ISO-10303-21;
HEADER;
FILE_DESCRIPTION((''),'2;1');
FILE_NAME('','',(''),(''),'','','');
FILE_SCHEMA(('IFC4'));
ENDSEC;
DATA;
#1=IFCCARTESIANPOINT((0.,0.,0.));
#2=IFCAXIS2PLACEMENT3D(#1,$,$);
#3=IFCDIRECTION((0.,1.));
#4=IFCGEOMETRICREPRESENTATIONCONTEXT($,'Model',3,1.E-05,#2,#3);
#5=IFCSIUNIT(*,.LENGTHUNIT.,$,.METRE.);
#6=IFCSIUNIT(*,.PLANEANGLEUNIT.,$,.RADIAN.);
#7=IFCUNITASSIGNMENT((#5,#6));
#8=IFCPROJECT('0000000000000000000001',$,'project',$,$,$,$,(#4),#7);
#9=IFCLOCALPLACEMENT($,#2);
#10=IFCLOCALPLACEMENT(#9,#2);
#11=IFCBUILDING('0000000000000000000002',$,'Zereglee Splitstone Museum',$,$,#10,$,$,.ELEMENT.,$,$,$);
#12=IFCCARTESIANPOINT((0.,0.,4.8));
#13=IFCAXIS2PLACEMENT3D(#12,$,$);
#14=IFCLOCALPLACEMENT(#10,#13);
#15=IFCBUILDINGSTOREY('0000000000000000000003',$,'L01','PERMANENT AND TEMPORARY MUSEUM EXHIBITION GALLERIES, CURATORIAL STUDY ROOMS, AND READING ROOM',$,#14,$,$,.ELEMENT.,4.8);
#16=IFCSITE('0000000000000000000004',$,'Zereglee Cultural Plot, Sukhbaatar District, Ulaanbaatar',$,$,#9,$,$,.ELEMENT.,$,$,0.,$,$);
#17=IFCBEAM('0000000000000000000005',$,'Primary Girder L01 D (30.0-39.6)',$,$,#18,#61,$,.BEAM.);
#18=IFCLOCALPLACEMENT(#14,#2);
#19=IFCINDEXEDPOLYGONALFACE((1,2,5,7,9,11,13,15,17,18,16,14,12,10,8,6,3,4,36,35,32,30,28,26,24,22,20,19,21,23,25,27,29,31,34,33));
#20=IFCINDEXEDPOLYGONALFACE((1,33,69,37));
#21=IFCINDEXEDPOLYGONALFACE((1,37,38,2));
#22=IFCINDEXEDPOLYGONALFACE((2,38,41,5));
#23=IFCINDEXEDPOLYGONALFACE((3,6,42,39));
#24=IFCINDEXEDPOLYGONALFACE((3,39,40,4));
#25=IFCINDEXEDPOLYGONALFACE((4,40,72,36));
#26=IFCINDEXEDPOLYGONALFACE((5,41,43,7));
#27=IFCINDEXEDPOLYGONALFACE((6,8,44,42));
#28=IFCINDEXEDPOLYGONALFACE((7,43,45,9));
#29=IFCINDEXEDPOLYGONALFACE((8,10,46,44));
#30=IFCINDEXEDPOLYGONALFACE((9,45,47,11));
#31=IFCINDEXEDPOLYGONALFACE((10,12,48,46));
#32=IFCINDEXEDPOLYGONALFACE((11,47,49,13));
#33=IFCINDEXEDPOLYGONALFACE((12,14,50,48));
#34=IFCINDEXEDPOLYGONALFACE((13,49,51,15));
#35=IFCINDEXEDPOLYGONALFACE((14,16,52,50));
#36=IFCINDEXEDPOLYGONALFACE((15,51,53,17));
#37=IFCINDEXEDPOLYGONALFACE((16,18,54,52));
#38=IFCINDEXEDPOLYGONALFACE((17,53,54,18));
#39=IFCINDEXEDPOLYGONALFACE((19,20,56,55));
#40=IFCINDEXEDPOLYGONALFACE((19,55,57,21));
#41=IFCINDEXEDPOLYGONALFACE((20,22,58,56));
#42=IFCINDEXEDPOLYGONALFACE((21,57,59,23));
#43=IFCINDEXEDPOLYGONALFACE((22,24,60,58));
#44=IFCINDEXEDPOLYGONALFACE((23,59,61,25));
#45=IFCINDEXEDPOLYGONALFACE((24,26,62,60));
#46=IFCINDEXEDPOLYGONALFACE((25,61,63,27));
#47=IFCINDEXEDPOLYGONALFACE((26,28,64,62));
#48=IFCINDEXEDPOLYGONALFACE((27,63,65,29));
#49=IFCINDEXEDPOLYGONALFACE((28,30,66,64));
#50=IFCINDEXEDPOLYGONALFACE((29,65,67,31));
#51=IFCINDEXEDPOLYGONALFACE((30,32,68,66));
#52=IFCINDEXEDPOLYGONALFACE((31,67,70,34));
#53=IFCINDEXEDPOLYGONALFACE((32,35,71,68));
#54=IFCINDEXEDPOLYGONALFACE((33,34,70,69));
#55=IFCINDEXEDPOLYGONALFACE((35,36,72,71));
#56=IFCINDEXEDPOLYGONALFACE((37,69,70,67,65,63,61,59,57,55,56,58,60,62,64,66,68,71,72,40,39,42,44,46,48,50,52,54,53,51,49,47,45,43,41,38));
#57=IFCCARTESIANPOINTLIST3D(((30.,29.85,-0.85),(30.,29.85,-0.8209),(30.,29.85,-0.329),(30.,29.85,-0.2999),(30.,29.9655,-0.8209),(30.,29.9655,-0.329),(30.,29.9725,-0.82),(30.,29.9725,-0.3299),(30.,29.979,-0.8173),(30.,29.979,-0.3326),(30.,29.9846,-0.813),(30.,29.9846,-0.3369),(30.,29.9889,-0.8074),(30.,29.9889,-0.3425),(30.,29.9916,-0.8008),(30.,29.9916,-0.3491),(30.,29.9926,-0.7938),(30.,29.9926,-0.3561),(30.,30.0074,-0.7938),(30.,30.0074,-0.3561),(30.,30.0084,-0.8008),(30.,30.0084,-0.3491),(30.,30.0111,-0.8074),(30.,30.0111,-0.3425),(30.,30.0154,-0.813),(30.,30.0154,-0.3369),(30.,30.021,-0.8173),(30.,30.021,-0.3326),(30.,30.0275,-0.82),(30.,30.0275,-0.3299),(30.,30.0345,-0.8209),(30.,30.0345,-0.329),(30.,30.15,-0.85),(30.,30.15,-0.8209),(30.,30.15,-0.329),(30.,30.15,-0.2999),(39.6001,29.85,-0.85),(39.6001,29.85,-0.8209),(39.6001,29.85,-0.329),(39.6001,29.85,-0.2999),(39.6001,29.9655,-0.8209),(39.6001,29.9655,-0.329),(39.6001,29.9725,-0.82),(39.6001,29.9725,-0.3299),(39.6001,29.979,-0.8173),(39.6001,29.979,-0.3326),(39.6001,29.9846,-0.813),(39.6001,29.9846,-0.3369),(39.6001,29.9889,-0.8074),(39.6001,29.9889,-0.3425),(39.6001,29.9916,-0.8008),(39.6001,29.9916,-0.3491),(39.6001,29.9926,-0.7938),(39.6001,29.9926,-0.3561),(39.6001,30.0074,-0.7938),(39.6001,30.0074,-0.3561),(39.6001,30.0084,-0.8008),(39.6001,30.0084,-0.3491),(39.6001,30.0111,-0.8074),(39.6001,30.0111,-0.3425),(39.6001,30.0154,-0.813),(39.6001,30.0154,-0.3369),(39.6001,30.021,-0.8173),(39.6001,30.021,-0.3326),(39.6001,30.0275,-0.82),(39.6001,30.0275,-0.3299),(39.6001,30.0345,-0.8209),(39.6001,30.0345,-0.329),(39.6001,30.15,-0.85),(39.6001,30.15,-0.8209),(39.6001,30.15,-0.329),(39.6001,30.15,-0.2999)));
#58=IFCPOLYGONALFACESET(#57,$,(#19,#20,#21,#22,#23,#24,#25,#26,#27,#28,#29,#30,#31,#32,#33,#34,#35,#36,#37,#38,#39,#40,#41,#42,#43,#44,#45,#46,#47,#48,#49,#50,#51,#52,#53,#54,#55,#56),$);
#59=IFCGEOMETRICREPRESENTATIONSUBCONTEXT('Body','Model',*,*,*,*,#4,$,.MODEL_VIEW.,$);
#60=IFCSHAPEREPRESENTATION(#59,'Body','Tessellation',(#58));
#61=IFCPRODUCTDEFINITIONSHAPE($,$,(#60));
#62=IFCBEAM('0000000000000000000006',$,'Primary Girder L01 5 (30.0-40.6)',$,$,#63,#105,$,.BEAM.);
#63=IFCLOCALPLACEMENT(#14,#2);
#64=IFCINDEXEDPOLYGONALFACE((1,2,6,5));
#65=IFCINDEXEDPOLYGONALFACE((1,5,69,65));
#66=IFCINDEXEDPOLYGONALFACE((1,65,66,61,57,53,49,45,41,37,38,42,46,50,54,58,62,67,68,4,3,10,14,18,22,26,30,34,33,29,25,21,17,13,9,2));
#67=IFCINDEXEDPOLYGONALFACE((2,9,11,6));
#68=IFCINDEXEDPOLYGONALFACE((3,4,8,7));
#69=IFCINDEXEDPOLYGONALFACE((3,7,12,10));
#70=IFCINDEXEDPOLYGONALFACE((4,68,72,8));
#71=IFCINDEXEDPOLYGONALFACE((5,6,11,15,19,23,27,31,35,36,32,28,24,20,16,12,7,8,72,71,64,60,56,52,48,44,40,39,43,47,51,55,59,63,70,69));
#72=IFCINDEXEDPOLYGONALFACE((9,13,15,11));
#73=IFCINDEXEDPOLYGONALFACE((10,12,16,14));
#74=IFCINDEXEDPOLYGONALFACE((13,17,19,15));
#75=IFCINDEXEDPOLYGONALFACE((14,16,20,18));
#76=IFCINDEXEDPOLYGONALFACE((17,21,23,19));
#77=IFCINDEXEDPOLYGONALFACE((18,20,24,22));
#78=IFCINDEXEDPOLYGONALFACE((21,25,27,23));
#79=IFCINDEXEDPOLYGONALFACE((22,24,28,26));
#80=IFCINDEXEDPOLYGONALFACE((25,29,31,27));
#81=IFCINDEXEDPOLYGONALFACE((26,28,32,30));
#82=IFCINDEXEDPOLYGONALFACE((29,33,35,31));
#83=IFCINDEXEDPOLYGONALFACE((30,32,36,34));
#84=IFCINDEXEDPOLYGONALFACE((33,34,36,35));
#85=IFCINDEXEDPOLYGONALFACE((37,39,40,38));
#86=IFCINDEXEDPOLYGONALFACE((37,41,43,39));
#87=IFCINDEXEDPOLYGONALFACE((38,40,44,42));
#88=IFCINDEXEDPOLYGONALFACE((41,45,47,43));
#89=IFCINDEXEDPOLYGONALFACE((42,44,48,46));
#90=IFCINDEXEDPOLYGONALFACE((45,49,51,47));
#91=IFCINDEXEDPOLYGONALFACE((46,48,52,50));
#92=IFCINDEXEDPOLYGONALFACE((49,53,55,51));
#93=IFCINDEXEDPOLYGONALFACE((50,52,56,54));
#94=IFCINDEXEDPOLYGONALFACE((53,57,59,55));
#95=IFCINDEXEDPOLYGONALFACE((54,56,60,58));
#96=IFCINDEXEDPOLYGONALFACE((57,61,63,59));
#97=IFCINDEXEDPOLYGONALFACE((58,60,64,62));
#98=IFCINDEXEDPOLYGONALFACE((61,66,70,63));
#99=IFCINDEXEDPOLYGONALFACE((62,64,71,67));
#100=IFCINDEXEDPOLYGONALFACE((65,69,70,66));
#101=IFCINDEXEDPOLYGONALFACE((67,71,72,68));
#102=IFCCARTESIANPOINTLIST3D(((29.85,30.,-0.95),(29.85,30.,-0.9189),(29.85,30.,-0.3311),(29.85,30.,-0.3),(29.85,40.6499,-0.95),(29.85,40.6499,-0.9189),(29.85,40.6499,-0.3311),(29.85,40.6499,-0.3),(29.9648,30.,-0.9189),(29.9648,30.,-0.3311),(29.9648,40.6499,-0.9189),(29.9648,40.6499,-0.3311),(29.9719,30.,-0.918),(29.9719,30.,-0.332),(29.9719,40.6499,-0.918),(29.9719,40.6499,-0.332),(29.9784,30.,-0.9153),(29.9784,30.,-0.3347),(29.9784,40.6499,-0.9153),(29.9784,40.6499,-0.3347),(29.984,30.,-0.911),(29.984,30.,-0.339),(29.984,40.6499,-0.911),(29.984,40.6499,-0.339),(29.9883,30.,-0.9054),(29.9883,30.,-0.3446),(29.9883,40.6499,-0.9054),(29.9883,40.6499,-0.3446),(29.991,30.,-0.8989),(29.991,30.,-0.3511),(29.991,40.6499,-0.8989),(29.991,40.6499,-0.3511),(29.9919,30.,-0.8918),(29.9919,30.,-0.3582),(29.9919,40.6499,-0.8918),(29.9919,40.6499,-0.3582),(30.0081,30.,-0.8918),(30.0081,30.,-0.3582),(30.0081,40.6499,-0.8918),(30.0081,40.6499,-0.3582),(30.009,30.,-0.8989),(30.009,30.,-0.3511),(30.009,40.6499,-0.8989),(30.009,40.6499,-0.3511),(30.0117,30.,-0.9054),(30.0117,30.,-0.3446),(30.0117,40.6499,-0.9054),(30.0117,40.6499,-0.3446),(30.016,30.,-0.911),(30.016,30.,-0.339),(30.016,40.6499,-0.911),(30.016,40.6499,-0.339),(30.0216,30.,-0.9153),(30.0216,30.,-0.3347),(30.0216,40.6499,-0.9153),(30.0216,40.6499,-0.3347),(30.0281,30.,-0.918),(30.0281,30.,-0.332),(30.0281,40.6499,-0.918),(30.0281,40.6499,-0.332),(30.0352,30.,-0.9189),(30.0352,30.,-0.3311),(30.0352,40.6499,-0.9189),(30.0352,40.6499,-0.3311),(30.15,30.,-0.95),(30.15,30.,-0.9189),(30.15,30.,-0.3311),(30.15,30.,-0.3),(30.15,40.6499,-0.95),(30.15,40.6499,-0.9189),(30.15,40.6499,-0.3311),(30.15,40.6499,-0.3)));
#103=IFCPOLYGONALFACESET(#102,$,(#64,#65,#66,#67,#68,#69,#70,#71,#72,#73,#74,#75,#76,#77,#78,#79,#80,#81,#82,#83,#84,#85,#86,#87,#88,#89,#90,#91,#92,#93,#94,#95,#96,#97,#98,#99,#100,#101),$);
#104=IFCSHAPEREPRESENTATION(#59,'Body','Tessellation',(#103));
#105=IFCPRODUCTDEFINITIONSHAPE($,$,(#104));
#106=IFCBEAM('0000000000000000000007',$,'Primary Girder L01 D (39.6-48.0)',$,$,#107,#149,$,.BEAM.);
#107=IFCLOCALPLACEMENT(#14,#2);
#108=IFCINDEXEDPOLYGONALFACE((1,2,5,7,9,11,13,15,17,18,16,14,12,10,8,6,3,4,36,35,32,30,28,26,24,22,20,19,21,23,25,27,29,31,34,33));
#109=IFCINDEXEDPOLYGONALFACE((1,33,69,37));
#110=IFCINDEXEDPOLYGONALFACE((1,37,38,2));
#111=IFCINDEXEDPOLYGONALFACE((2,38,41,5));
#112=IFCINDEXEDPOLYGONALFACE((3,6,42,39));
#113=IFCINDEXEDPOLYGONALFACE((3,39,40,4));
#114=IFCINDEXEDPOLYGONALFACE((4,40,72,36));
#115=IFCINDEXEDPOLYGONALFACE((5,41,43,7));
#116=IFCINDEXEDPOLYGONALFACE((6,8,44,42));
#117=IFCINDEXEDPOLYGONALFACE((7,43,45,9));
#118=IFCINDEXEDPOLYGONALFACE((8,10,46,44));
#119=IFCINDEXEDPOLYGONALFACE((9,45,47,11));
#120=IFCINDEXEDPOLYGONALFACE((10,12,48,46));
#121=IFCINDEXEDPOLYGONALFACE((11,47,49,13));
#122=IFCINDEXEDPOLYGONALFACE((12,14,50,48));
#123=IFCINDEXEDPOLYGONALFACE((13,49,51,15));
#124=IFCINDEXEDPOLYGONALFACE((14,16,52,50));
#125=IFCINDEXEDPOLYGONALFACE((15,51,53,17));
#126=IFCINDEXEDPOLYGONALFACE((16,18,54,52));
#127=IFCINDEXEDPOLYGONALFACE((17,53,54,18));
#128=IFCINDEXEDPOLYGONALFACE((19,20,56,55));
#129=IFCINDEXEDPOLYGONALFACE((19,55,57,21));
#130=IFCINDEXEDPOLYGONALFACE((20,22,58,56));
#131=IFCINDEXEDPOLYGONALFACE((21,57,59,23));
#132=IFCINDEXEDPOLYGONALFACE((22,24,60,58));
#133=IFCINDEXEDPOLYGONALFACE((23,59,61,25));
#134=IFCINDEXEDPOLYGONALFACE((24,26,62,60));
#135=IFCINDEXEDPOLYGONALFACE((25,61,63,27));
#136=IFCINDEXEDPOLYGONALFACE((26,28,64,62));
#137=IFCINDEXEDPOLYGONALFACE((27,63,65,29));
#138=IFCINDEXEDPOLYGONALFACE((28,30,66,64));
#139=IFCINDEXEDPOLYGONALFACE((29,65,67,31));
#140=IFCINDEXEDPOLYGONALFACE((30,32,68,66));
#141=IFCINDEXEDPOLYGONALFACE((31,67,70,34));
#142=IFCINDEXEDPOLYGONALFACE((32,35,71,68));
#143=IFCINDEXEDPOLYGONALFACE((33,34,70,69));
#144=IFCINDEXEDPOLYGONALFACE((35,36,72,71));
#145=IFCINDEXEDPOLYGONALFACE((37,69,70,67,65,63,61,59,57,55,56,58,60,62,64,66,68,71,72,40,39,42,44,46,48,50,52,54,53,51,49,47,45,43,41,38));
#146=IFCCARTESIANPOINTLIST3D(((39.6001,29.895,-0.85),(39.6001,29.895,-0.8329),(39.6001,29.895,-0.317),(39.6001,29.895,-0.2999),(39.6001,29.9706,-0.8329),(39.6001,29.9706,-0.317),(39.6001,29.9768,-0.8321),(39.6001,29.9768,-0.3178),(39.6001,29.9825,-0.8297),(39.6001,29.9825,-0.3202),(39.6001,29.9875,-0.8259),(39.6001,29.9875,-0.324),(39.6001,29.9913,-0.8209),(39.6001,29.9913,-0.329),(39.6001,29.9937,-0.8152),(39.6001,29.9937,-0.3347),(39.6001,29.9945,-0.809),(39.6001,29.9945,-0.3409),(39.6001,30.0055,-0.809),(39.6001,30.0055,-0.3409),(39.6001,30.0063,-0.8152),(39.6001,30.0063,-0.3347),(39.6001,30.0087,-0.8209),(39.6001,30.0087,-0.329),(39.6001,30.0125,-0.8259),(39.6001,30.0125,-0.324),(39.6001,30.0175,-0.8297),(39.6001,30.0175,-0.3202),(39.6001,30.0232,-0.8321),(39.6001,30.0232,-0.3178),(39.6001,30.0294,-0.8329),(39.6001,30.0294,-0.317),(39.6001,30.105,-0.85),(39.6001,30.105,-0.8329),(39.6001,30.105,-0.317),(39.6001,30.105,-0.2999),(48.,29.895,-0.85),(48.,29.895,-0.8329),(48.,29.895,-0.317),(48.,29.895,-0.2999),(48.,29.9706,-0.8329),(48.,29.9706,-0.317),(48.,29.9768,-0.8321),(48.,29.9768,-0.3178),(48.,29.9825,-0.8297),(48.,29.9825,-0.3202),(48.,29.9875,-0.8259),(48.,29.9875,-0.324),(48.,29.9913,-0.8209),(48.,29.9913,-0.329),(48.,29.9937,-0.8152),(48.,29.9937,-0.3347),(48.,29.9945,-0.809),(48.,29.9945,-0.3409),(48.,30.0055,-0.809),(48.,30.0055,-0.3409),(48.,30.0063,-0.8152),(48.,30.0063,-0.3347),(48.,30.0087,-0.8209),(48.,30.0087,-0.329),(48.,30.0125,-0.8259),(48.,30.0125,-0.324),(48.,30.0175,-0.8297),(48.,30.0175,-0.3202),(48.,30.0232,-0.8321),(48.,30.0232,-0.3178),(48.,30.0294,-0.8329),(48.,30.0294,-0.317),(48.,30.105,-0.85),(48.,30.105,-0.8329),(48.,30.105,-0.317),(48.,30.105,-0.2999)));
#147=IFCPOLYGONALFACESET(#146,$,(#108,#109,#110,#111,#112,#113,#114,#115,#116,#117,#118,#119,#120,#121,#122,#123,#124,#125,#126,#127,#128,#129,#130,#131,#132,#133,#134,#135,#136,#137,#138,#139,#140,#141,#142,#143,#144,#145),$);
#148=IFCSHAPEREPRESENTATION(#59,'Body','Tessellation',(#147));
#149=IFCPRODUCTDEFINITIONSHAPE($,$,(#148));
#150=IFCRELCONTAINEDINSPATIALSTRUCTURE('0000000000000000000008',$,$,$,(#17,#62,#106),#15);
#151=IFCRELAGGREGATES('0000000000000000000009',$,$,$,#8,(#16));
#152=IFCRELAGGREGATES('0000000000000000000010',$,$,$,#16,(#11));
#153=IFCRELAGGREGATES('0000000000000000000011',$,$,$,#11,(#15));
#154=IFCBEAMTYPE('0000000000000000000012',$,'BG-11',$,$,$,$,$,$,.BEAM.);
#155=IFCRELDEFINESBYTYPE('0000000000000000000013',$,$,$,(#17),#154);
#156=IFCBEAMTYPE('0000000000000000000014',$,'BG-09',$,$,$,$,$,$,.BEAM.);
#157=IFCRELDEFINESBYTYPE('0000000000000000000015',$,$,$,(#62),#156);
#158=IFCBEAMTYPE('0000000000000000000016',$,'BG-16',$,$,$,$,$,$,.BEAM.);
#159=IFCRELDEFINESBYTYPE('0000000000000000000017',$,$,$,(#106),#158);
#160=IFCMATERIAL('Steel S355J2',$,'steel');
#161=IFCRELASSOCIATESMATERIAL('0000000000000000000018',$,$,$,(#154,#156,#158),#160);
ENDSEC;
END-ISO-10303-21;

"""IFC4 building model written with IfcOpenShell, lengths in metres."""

from ifc_helpers import new_model, si_unit, direction, frame, origin, origin_2d, place, context, subcontext, project, spatial, i_section, extrude, material, material_profile, profile_set, type_object, element, save


model = new_model("IFC4")

# Units and contexts
model_context = context("Model", 3, precision=1e-05, world=origin(), true_north=direction((0.0, 1.0)))
body_context = subcontext(model_context, "Body", "Model", "MODEL_VIEW")
ifc_project = project(units=[si_unit("LENGTHUNIT", "METRE"), si_unit("PLANEANGLEUNIT", "RADIAN")], contexts=[model_context])

# Site, building, storey
site_placement = place(None, origin())
site = spatial("IfcSite", under=ifc_project, at=site_placement, Name="Zereglee Cultural Plot, Sukhbaatar District, Ulaanbaatar", CompositionType="ELEMENT", RefElevation=0.0)
building_placement = place(site_placement, origin())
building = spatial("IfcBuilding", under=site, at=building_placement, Name="Zereglee Splitstone Museum", CompositionType="ELEMENT")
storey_placement = place(building_placement, frame((0.0, 0.0, 4.8)))
storey = spatial("IfcBuildingStorey", under=building, at=storey_placement, Name="L01", Description="PERMANENT AND TEMPORARY MUSEUM EXHIBITION GALLERIES, CURATORIAL STUDY ROOMS, AND READING ROOM", CompositionType="ELEMENT", Elevation=4.8)

# Shared definitions
ifc_material_1 = material(Name="Steel S355J2", Category="steel")

# Beams
ifc_material_profile_1 = material_profile(ifc_material_1, i_section(OverallWidth=0.3, OverallDepth=0.55, WebThickness=0.0149, FlangeThickness=0.0291, FilletRadius=0.0271, at=origin_2d()), Name="HE 550 B")
ifc_profile_set_1 = profile_set([ifc_material_profile_1], Name="Steel S355J2")
beam_type_1 = type_object("IfcBeamType", Name="BG-11", PredefinedType="BEAM", material=ifc_profile_set_1)
beam_1_placement = place(storey_placement, frame((30.0, 30.0, -0.575), z_axis=(1.0, 0.0, 0.0), x_axis=(0.0, 1.0, 0.0)))
element("IfcBeam", 1, at=beam_1_placement, inside=storey, type_object=beam_type_1, Name="Primary Girder L01 D (30.0-39.6)", PredefinedType="BEAM", context=body_context, shape_type="SweptSolid", body=[
    extrude(i_section(OverallWidth=0.3, OverallDepth=0.55, WebThickness=0.0149, FlangeThickness=0.0291, FilletRadius=0.0271, at=origin_2d()), origin(), (0.0, 0.0, 1.0), 9.6001),
])
ifc_material_profile_2 = material_profile(ifc_material_1, i_section(OverallWidth=0.3, OverallDepth=0.6499, WebThickness=0.0161, FlangeThickness=0.031, FilletRadius=0.0271, at=origin_2d()), Name="HE 650 B")
ifc_profile_set_2 = profile_set([ifc_material_profile_2], Name="Steel S355J2")
beam_type_2 = type_object("IfcBeamType", Name="BG-09", PredefinedType="BEAM", material=ifc_profile_set_2)
beam_2_placement = place(storey_placement, frame((30.0, 30.0, -0.625), z_axis=(0.0, 1.0, 0.0), x_axis=(-1.0, 0.0, 0.0)))
element("IfcBeam", 2, at=beam_2_placement, inside=storey, type_object=beam_type_2, Name="Primary Girder L01 5 (30.0-40.6)", PredefinedType="BEAM", context=body_context, shape_type="SweptSolid", body=[
    extrude(i_section(OverallWidth=0.3, OverallDepth=0.6499, WebThickness=0.0161, FlangeThickness=0.031, FilletRadius=0.0271, at=origin_2d()), origin(), (0.0, 0.0, 1.0), 10.6499),
])
ifc_material_profile_3 = material_profile(ifc_material_1, i_section(OverallWidth=0.21, OverallDepth=0.55, WebThickness=0.011, FlangeThickness=0.0171, FilletRadius=0.0239, at=origin_2d()), Name="IPE 550")
ifc_profile_set_3 = profile_set([ifc_material_profile_3], Name="Steel S355J2")
beam_type_3 = type_object("IfcBeamType", Name="BG-16", PredefinedType="BEAM", material=ifc_profile_set_3)
beam_3_placement = place(storey_placement, frame((39.6001, 30.0, -0.575), z_axis=(1.0, 0.0, 0.0), x_axis=(0.0, 1.0, 0.0)))
element("IfcBeam", 3, at=beam_3_placement, inside=storey, type_object=beam_type_3, Name="Primary Girder L01 D (39.6-48.0)", PredefinedType="BEAM", context=body_context, shape_type="SweptSolid", body=[
    extrude(i_section(OverallWidth=0.21, OverallDepth=0.55, WebThickness=0.011, FlangeThickness=0.0171, FilletRadius=0.0239, at=origin_2d()), origin(), (0.0, 0.0, 1.0), 8.3999),
])

save(model, "model.ifc")
